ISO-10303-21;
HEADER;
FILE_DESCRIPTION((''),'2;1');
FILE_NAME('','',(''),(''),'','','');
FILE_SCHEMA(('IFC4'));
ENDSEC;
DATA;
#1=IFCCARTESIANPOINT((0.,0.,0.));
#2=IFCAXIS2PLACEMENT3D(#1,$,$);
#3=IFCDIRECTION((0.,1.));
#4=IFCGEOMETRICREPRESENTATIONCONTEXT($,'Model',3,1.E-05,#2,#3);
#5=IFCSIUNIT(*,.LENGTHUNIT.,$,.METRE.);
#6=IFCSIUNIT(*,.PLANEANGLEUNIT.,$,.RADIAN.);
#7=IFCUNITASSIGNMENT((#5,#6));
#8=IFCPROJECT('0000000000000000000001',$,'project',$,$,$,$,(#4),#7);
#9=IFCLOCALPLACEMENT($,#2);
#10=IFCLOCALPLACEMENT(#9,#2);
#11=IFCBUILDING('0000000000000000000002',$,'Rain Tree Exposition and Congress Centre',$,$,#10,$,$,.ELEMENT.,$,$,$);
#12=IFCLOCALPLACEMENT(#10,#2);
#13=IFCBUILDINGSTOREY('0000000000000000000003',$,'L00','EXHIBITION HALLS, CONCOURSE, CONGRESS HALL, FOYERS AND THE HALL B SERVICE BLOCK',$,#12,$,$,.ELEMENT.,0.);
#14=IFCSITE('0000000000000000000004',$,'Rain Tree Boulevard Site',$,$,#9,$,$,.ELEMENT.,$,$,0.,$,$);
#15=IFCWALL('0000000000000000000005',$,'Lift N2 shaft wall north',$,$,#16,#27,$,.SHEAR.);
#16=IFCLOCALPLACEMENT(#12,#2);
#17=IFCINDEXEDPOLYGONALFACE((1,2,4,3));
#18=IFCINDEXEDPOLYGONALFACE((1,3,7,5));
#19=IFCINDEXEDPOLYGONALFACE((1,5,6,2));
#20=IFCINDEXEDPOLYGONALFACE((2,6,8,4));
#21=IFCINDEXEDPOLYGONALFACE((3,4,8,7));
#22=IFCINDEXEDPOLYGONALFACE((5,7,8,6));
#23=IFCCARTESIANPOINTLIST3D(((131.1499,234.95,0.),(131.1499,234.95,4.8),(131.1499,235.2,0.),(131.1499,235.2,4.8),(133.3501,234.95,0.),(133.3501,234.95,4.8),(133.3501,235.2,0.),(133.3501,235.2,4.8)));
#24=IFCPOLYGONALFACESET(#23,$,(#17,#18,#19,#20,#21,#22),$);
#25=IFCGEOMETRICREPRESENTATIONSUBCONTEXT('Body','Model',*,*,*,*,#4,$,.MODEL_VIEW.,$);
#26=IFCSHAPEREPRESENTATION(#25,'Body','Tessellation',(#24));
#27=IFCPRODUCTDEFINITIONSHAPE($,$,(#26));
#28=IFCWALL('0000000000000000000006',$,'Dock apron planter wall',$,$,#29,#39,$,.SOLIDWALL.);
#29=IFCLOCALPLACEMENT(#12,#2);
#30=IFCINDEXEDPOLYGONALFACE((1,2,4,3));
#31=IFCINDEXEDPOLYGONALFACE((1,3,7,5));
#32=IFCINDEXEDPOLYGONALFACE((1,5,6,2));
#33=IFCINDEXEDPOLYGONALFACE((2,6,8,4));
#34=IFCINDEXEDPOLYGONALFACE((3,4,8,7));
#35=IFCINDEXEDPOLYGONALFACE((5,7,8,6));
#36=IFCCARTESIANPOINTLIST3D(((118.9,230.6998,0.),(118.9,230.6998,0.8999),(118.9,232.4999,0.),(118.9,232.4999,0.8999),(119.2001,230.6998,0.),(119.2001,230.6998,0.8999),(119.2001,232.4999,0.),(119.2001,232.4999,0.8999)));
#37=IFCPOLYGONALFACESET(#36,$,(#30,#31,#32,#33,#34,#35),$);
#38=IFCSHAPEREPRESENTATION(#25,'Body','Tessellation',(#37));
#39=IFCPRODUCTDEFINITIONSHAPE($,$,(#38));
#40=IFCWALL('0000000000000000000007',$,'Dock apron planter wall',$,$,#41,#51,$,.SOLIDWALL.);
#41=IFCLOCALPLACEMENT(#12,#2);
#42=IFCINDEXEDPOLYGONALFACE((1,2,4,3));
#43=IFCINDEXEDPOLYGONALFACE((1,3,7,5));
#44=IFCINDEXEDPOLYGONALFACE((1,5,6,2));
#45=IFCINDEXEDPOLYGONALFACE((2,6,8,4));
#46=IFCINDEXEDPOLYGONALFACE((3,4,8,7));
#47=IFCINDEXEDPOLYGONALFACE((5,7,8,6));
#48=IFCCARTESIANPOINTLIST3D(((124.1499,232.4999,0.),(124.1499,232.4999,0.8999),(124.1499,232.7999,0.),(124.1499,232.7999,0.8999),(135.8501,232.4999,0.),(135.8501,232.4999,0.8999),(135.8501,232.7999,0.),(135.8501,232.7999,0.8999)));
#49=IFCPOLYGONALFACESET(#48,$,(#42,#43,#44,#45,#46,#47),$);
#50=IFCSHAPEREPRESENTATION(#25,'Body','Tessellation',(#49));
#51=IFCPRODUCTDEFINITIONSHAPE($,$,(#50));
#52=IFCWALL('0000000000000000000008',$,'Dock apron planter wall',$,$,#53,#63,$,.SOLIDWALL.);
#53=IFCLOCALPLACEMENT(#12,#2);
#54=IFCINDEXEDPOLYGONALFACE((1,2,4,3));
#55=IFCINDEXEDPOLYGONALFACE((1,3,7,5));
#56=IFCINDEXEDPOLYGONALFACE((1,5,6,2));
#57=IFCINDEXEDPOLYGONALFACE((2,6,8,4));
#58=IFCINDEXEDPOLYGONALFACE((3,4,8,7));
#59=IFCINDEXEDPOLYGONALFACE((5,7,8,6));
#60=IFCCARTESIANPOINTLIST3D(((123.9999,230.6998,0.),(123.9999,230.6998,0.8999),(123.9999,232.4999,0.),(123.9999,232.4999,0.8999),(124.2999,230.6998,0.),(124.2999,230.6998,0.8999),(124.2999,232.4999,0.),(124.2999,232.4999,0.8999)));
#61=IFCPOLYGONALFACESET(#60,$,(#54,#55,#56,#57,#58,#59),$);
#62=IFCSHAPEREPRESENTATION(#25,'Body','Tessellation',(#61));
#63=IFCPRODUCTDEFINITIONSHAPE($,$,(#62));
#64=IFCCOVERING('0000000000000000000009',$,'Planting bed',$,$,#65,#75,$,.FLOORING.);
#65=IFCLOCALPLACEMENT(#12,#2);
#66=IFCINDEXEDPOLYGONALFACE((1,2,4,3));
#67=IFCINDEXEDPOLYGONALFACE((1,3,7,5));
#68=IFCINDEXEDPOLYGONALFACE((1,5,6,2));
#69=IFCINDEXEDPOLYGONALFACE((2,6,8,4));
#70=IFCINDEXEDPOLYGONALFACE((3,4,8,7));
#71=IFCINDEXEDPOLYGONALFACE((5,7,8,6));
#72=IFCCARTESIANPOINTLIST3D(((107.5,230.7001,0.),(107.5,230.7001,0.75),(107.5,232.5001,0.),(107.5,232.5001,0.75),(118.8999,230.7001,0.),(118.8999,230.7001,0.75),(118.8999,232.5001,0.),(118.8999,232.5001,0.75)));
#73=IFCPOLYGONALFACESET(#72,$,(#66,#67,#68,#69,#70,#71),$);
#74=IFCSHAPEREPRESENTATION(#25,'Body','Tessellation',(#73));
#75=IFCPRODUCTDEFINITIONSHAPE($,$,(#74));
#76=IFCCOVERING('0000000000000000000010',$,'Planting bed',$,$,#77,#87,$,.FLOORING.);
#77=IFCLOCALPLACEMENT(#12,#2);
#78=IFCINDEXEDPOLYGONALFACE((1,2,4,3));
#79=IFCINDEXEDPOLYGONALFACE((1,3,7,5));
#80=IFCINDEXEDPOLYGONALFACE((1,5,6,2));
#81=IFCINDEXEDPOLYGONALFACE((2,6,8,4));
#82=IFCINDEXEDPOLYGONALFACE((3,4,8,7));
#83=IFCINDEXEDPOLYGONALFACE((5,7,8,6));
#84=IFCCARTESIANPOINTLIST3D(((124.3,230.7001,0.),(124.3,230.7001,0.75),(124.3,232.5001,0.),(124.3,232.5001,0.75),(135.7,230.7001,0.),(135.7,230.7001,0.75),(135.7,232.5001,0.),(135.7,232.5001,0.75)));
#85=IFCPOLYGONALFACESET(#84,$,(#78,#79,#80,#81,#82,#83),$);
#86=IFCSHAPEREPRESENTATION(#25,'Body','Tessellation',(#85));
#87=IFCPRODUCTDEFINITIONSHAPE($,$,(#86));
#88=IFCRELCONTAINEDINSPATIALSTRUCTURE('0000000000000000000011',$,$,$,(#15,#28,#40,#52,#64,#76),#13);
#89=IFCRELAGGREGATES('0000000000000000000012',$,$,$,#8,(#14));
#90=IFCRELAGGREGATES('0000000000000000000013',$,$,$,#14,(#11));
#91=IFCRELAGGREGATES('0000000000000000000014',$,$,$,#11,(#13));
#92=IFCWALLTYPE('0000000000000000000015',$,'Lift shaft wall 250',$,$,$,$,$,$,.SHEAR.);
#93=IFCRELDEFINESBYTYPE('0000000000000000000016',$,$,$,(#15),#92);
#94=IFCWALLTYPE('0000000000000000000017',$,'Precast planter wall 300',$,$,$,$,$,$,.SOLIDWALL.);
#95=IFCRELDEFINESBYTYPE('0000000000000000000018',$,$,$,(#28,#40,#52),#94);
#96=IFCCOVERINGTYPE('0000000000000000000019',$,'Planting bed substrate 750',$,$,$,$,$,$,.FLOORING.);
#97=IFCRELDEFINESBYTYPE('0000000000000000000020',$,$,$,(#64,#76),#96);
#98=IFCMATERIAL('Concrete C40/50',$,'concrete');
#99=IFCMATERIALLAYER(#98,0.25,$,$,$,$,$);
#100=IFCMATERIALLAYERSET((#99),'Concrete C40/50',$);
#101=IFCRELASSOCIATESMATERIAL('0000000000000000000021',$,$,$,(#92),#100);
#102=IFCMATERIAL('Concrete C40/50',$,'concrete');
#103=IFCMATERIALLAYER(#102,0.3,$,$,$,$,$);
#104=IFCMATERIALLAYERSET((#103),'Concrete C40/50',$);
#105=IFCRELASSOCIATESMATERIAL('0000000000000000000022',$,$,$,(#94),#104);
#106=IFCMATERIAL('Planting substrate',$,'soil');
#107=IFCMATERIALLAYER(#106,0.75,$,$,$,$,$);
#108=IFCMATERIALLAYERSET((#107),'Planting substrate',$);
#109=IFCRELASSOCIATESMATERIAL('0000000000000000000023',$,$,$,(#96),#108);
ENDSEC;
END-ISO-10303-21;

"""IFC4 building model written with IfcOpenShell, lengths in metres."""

from ifc_helpers import new_model, si_unit, direction, frame, frame_2d, origin, origin_2d, place, context, subcontext, project, spatial, rectangle, extrude, material, layer, layer_set, type_object, element, save


model = new_model("IFC4")

# Units and contexts
model_context = context("Model", 3, precision=1e-05, world=origin(), true_north=direction((0.0, 1.0)))
body_context = subcontext(model_context, "Body", "Model", "MODEL_VIEW")
ifc_project = project(units=[si_unit("LENGTHUNIT", "METRE"), si_unit("PLANEANGLEUNIT", "RADIAN")], contexts=[model_context])

# Site, building, storey
site_placement = place(None, origin())
site = spatial("IfcSite", under=ifc_project, at=site_placement, Name="Rain Tree Boulevard Site", CompositionType="ELEMENT", RefElevation=0.0)
building_placement = place(site_placement, origin())
building = spatial("IfcBuilding", under=site, at=building_placement, Name="Rain Tree Exposition and Congress Centre", CompositionType="ELEMENT")
storey_placement = place(building_placement, origin())
storey = spatial("IfcBuildingStorey", under=building, at=storey_placement, Name="L00", Description="EXHIBITION HALLS, CONCOURSE, CONGRESS HALL, FOYERS AND THE HALL B SERVICE BLOCK", CompositionType="ELEMENT", Elevation=0.0)

# Shared definitions
ifc_material_1 = material(Name="Concrete C40/50", Category="concrete")
ifc_layer_1 = layer(ifc_material_1, 0.25)
ifc_layer_set_1 = layer_set([ifc_layer_1], Name="Concrete C40/50")
wall_type_1 = type_object("IfcWallType", Name="Lift shaft wall 250", PredefinedType="SHEAR", material=ifc_layer_set_1)

# Walls
wall_1_placement = place(storey_placement, frame((131.1499, 235.075, 0.0), z_axis=(0.0, 0.0, 1.0), x_axis=(1.0, 0.0, 0.0)))
element("IfcWall", 1, at=wall_1_placement, inside=storey, type_object=wall_type_1, Name="Lift N2 shaft wall north", PredefinedType="SHEAR", context=body_context, shape_type="SweptSolid", body=[
    extrude(rectangle(XDim=2.2002, YDim=0.25, at=frame_2d((1.1001, 0.0))), origin(), (0.0, 0.0, 1.0), 4.8),
])
ifc_material_2 = material(Name="Concrete C40/50", Category="concrete")
ifc_layer_2 = layer(ifc_material_2, 0.3)
ifc_layer_set_2 = layer_set([ifc_layer_2], Name="Concrete C40/50")
wall_type_2 = type_object("IfcWallType", Name="Precast planter wall 300", PredefinedType="SOLIDWALL", material=ifc_layer_set_2)
wall_2_placement = place(storey_placement, frame((119.05, 230.7, 0.0), z_axis=(0.0, 0.0, 1.0), x_axis=(0.0, 1.0, 0.0)))
element("IfcWall", 2, at=wall_2_placement, inside=storey, type_object=wall_type_2, Name="Dock apron planter wall", PredefinedType="SOLIDWALL", context=body_context, shape_type="SweptSolid", body=[
    extrude(rectangle(XDim=1.8, YDim=0.3, at=frame_2d((0.8999, 0.0))), origin(), (0.0, 0.0, 1.0), 0.8999),
])
wall_3_placement = place(storey_placement, frame((124.1499, 232.6499, 0.0), z_axis=(0.0, 0.0, 1.0), x_axis=(1.0, 0.0, 0.0)))
element("IfcWall", 3, at=wall_3_placement, inside=storey, type_object=wall_type_2, Name="Dock apron planter wall", PredefinedType="SOLIDWALL", context=body_context, shape_type="SweptSolid", body=[
    extrude(rectangle(XDim=11.7002, YDim=0.3, at=frame_2d((5.8501, 0.0))), origin(), (0.0, 0.0, 1.0), 0.8999),
])
wall_4_placement = place(storey_placement, frame((124.1499, 230.7, 0.0), z_axis=(0.0, 0.0, 1.0), x_axis=(0.0, 1.0, 0.0)))
element("IfcWall", 4, at=wall_4_placement, inside=storey, type_object=wall_type_2, Name="Dock apron planter wall", PredefinedType="SOLIDWALL", context=body_context, shape_type="SweptSolid", body=[
    extrude(rectangle(XDim=1.8, YDim=0.3, at=frame_2d((0.8999, 0.0))), origin(), (0.0, 0.0, 1.0), 0.8999),
])

# Coverings
ifc_material_3 = material(Name="Planting substrate", Category="soil")
ifc_layer_3 = layer(ifc_material_3, 0.75)
ifc_layer_set_3 = layer_set([ifc_layer_3], Name="Planting substrate")
covering_type = type_object("IfcCoveringType", Name="Planting bed substrate 750", PredefinedType="FLOORING", material=ifc_layer_set_3)
for number, where, z_axis, x_axis, name in (
    (5, (113.2, 231.6001, 0.0), (0.0, 0.0, 1.0), (1.0, 0.0, 0.0), "Planting bed"),
    (6, (130.0, 231.6001, 0.0), (0.0, 0.0, 1.0), (1.0, 0.0, 0.0), "Planting bed"),
):
    element("IfcCovering", number, at=place(storey_placement, frame(where, z_axis=z_axis, x_axis=x_axis)), inside=storey, type_object=covering_type, Name=name, PredefinedType="FLOORING", context=body_context, shape_type="SweptSolid", body=[
        extrude(rectangle(XDim=11.3999, YDim=1.8, at=origin_2d()), origin(), (0.0, 0.0, 1.0), 0.75),
    ])

save(model, "model.ifc")
